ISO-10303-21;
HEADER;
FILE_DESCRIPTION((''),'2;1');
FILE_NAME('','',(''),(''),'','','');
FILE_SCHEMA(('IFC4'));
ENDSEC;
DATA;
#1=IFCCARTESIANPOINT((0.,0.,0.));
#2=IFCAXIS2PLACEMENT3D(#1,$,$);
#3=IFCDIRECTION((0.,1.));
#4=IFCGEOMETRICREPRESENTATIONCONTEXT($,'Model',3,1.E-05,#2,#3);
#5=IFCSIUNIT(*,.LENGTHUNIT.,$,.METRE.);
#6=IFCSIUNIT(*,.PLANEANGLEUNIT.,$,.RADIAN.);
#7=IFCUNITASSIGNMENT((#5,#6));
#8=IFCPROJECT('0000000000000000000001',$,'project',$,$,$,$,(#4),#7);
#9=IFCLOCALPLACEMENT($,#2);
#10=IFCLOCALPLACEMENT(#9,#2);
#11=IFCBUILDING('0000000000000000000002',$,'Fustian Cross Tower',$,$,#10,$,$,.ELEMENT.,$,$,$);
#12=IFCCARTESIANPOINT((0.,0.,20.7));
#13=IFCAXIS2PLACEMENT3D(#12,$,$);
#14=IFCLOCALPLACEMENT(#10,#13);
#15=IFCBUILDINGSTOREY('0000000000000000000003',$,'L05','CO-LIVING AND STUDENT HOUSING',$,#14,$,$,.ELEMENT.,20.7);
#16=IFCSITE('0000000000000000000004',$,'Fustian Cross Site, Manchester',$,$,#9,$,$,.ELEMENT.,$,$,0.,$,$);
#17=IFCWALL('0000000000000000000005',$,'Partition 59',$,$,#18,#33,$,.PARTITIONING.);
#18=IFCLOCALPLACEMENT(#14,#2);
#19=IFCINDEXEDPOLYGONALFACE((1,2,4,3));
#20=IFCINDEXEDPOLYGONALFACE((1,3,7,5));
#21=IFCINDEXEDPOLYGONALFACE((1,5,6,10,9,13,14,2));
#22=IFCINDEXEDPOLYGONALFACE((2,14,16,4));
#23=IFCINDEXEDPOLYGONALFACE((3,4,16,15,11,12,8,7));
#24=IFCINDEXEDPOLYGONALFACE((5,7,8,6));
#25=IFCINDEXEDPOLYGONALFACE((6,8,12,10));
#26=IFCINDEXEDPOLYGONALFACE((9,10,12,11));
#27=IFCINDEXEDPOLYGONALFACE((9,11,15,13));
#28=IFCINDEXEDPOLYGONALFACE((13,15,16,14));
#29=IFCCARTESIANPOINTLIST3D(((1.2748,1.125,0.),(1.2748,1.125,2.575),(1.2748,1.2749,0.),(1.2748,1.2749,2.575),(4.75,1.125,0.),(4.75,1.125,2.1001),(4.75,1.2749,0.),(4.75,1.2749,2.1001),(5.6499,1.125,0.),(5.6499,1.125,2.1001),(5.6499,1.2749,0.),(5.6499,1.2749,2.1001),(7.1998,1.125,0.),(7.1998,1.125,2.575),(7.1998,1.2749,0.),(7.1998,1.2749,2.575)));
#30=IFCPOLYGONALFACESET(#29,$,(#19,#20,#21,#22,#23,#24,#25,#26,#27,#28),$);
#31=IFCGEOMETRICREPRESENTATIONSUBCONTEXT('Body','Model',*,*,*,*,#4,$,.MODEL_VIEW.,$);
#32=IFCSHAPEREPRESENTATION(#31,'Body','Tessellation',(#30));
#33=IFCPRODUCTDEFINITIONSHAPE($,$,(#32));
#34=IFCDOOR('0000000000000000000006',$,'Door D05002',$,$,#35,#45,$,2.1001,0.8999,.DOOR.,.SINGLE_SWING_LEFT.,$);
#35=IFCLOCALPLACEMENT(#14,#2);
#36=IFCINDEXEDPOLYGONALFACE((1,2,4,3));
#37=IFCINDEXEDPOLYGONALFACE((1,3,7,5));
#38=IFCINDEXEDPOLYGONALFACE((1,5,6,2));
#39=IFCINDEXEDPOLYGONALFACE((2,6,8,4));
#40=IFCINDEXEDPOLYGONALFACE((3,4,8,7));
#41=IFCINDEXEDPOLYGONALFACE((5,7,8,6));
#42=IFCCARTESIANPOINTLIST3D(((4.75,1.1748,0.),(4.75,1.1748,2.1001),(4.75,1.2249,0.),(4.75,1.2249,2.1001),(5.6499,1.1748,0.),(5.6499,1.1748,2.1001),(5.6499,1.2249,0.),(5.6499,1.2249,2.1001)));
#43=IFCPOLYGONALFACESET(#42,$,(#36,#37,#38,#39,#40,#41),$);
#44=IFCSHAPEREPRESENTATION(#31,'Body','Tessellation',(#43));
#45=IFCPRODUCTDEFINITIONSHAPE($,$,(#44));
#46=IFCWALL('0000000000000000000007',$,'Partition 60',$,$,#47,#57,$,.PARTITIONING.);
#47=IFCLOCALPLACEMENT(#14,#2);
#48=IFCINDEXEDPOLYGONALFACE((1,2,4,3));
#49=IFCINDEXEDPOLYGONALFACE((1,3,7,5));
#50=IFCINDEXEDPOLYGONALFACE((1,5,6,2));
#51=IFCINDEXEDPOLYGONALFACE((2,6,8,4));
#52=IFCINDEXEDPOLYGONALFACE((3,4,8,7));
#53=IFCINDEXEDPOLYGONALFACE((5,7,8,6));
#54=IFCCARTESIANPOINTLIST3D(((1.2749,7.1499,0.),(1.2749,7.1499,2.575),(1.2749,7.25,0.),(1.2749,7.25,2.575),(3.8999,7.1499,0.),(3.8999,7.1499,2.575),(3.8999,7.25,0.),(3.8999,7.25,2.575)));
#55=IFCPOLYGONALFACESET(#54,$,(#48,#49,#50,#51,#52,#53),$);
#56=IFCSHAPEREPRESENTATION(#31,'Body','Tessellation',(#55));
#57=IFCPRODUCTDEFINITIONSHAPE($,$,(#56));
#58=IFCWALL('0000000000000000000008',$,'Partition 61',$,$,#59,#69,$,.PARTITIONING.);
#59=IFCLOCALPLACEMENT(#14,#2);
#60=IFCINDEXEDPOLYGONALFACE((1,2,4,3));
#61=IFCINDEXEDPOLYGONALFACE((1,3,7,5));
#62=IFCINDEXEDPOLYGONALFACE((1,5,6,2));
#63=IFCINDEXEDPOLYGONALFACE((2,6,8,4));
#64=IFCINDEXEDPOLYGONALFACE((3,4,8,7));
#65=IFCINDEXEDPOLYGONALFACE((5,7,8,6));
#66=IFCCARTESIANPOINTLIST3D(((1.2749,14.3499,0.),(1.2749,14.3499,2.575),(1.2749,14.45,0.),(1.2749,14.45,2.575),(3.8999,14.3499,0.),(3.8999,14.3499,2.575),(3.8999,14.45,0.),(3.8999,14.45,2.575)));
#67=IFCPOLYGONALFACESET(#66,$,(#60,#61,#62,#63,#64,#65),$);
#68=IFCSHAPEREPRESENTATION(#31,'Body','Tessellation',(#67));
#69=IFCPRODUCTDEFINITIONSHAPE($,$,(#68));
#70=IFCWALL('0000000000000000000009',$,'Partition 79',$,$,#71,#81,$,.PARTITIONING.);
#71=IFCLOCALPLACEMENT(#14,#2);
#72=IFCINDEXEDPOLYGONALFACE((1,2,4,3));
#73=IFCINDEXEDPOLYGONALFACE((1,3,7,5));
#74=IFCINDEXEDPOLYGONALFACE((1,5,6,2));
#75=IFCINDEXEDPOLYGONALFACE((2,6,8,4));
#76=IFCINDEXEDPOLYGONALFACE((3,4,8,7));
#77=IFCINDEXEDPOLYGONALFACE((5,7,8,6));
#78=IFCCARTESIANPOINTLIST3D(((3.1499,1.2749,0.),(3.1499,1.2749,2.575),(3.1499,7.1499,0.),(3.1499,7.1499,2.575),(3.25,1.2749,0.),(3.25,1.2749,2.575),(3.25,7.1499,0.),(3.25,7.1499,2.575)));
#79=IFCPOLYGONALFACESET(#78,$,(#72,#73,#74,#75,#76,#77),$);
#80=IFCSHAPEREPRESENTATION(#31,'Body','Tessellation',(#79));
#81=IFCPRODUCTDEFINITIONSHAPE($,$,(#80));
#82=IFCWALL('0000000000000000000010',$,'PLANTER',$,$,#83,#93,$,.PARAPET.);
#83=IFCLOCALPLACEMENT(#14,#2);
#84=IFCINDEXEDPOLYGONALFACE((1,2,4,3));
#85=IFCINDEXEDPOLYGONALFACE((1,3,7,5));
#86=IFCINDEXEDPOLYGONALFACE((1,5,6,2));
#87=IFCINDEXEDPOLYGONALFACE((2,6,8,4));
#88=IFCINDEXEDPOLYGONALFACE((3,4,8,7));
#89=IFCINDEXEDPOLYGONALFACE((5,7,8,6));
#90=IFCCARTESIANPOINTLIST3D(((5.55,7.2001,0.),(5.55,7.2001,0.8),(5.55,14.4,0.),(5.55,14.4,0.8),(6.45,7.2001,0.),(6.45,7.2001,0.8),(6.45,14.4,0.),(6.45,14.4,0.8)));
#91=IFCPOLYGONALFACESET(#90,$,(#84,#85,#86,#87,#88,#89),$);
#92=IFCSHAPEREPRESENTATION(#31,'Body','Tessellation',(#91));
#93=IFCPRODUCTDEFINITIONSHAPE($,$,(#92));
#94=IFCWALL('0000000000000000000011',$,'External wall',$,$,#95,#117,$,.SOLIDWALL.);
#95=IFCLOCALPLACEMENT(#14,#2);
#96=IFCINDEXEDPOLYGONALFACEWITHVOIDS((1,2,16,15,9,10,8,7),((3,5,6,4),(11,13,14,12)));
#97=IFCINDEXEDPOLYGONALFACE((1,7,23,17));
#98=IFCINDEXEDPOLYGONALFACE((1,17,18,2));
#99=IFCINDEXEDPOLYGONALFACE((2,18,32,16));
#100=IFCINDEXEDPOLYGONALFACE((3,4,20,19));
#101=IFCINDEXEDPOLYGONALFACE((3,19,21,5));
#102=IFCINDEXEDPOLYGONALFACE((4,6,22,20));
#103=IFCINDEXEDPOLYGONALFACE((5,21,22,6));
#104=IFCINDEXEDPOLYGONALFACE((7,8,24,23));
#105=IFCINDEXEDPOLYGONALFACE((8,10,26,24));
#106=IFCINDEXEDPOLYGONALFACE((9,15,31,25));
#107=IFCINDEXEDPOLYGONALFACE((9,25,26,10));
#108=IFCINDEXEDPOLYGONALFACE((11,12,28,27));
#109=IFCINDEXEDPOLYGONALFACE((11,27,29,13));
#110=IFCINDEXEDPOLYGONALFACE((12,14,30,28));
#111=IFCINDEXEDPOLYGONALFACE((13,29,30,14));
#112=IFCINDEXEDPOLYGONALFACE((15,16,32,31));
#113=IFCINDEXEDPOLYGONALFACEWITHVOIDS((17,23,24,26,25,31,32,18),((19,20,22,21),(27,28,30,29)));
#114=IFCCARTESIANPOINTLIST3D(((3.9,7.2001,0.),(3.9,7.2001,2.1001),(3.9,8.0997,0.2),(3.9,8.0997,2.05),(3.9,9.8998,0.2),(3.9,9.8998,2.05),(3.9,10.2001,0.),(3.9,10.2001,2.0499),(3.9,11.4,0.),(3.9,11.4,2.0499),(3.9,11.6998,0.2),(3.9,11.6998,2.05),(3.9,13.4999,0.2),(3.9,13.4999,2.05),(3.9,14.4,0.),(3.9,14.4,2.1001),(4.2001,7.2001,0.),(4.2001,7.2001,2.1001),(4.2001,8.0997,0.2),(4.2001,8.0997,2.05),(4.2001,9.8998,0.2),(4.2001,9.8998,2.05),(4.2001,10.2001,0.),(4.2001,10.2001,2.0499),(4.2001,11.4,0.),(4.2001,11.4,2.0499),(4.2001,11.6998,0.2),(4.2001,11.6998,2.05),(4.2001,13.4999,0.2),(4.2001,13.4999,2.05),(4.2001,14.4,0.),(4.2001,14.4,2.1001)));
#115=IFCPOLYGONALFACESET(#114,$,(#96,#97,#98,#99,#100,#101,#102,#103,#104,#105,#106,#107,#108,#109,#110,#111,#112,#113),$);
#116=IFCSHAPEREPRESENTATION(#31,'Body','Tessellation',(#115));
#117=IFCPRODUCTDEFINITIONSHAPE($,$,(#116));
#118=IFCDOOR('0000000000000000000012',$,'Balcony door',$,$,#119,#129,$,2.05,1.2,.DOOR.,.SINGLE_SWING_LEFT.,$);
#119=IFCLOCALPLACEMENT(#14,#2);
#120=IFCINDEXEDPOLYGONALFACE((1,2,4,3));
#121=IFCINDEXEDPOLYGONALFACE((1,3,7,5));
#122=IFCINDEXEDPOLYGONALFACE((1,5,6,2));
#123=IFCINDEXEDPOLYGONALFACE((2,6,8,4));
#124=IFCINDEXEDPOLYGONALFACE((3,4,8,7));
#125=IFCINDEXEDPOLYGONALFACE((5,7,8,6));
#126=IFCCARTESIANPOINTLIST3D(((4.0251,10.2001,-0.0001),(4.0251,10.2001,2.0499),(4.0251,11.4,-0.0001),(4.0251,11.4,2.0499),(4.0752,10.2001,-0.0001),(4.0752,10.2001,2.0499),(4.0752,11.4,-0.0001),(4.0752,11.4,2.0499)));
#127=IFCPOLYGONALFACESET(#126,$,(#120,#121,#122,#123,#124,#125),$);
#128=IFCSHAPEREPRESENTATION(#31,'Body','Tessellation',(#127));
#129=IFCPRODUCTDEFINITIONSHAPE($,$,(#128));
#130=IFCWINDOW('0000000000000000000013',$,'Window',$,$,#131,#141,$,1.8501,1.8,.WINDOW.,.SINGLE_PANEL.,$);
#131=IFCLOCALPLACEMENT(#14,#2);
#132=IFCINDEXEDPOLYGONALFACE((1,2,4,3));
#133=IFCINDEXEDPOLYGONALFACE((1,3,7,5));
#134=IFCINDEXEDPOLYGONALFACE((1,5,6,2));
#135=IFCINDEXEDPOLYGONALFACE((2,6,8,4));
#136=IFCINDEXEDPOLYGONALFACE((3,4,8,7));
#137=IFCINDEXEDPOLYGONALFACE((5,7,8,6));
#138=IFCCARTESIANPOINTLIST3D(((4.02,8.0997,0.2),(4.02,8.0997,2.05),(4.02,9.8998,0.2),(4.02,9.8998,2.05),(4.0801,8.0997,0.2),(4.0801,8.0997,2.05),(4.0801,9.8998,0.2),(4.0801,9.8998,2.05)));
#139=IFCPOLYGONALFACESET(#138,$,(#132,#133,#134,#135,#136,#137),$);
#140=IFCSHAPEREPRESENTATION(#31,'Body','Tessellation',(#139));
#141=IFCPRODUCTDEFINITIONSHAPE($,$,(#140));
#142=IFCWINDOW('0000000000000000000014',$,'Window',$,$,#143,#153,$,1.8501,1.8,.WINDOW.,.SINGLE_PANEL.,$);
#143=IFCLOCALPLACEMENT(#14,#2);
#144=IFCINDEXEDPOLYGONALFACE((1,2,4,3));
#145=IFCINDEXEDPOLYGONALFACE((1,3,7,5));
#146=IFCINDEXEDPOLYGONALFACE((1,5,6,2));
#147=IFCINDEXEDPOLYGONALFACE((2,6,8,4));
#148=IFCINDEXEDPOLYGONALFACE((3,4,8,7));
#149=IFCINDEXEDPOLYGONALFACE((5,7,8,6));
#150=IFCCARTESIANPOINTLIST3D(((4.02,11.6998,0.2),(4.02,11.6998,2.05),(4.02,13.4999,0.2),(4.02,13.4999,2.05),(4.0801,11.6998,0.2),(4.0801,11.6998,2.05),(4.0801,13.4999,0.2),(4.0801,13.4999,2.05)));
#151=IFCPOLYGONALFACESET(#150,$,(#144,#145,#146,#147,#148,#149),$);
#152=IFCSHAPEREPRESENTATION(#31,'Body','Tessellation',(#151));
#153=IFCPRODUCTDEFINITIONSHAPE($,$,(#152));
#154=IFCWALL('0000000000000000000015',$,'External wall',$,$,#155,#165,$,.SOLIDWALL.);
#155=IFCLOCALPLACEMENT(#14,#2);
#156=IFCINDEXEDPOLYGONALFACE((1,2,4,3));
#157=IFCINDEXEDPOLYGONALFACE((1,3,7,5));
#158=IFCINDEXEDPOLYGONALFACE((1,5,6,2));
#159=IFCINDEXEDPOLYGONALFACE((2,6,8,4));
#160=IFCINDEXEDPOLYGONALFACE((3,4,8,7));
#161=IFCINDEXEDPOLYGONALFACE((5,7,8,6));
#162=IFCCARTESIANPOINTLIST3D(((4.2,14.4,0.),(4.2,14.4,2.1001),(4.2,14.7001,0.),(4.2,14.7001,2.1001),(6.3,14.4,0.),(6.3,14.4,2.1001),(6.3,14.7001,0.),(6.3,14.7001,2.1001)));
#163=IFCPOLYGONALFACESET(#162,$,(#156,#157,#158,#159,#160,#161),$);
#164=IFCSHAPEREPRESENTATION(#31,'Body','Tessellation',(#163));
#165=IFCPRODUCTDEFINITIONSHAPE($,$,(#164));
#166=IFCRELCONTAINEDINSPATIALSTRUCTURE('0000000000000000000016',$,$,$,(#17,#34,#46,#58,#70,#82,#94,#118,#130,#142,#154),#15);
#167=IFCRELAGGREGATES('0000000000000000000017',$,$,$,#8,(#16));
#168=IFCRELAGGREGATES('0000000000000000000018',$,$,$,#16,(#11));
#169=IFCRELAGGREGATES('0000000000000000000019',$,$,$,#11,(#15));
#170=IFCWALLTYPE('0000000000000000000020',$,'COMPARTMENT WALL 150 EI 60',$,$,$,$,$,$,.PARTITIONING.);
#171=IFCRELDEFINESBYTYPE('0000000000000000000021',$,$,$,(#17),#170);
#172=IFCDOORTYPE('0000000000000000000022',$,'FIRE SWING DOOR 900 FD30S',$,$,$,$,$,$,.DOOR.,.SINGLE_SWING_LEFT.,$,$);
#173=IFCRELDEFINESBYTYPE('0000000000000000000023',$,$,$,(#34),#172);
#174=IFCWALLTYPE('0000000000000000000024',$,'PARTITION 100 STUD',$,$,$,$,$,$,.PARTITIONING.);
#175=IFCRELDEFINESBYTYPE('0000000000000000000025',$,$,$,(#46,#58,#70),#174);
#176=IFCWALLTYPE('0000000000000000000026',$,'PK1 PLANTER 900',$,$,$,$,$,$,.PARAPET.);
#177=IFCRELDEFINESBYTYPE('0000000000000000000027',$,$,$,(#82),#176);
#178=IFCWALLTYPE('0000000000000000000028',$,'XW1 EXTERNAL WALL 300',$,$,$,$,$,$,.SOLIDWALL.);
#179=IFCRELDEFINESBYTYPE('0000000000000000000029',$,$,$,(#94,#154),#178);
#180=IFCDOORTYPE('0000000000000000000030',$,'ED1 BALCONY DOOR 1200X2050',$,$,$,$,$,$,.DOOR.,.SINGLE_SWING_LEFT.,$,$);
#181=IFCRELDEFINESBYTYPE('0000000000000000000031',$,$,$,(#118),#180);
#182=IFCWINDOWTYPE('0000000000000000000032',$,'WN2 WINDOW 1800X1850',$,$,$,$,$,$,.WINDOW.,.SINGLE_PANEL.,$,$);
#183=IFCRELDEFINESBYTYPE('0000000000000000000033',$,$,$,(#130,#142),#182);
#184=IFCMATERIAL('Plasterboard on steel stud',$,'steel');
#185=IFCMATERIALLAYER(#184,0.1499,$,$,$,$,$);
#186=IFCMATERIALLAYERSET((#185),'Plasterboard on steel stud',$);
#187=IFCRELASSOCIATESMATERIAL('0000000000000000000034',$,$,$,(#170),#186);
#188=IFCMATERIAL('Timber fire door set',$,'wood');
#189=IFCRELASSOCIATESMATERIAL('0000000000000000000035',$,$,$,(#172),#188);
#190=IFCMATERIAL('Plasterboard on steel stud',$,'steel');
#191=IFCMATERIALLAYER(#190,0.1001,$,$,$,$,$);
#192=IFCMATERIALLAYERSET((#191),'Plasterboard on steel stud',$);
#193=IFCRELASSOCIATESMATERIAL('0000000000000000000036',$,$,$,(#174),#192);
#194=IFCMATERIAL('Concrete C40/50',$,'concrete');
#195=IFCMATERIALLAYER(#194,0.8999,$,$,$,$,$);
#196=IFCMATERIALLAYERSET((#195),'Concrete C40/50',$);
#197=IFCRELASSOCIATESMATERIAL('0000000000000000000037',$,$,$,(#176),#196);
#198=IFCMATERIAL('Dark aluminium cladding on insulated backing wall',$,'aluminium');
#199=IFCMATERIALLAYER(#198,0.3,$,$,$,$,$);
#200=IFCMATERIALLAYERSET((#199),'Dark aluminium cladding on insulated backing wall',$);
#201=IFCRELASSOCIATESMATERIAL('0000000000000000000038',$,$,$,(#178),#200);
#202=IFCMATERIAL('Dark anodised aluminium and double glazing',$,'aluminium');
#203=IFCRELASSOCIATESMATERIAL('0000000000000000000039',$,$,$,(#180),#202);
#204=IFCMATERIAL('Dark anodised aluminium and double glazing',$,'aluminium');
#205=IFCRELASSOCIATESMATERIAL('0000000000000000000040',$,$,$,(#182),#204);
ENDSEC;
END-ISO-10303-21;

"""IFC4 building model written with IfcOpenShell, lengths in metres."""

from ifc_helpers import new_model, si_unit, direction, frame, frame_2d, origin, place, context, subcontext, project, spatial, rectangle, extrude, material, layer, layer_set, type_object, element, fill, save


model = new_model("IFC4")

# Units and contexts
model_context = context("Model", 3, precision=1e-05, world=origin(), true_north=direction((0.0, 1.0)))
body_context = subcontext(model_context, "Body", "Model", "MODEL_VIEW")
ifc_project = project(units=[si_unit("LENGTHUNIT", "METRE"), si_unit("PLANEANGLEUNIT", "RADIAN")], contexts=[model_context])

# Site, building, storey
site_placement = place(None, origin())
site = spatial("IfcSite", under=ifc_project, at=site_placement, Name="Fustian Cross Site, Manchester", CompositionType="ELEMENT", RefElevation=0.0)
building_placement = place(site_placement, origin())
building = spatial("IfcBuilding", under=site, at=building_placement, Name="Fustian Cross Tower", CompositionType="ELEMENT")
storey_placement = place(building_placement, frame((0.0, 0.0, 20.7)))
storey = spatial("IfcBuildingStorey", under=building, at=storey_placement, Name="L05", Description="CO-LIVING AND STUDENT HOUSING", CompositionType="ELEMENT", Elevation=20.7)

# Shared definitions
ifc_material_1 = material(Name="Plasterboard on steel stud", Category="steel")
ifc_layer_1 = layer(ifc_material_1, 0.1499)
ifc_layer_set_1 = layer_set([ifc_layer_1], Name="Plasterboard on steel stud")
wall_type_1 = type_object("IfcWallType", Name="COMPARTMENT WALL 150 EI 60", PredefinedType="PARTITIONING", material=ifc_layer_set_1)
ifc_material_2 = material(Name="Timber fire door set", Category="wood")
door_type_1 = type_object("IfcDoorType", Name="FIRE SWING DOOR 900 FD30S", OperationType="SINGLE_SWING_LEFT", PredefinedType="DOOR", material=ifc_material_2)

# Wall, opening, door
wall_1_placement = place(storey_placement, frame((1.2749, 1.2, 0.0), z_axis=(0.0, 0.0, 1.0), x_axis=(1.0, 0.0, 0.0)))
wall_1 = element("IfcWall", 1, at=wall_1_placement, inside=storey, type_object=wall_type_1, Name="Partition 59", PredefinedType="PARTITIONING", context=body_context, shape_type="SweptSolid", body=[
    extrude(rectangle(XDim=5.925, YDim=0.1499, at=frame_2d((2.9624, 0.0))), origin(), (0.0, 0.0, 1.0), 2.575),
])
opening_1_placement = place(wall_1_placement, frame((3.4751, 0.0, 0.0)))
opening_1 = element("IfcOpeningElement", 2, at=opening_1_placement, cuts=wall_1, PredefinedType="OPENING", context=body_context, shape_type="SweptSolid", body=[
    extrude(rectangle(XDim=0.8999, YDim=2.1001, at=frame_2d((0.45, 1.05))), frame((0.0, 0.085, 0.0), z_axis=(0.0, -1.0, 0.0), x_axis=(1.0, 0.0, 0.0)), (0.0, 0.0, 1.0), 0.1699),
])
door_1_placement = place(opening_1_placement, origin())
door_1 = element("IfcDoor", 3, at=door_1_placement, inside=storey, type_object=door_type_1, Name="Door D05002", OperationType="SINGLE_SWING_LEFT", OverallHeight=2.1001, OverallWidth=0.8999, PredefinedType="DOOR", context=body_context, shape_type="SweptSolid", body=[
    extrude(rectangle(XDim=0.8999, YDim=2.1001, at=frame_2d((0.45, 1.05))), frame((0.0, 0.0249, 0.0), z_axis=(0.0, -1.0, 0.0), x_axis=(1.0, 0.0, 0.0)), (0.0, 0.0, 1.0), 0.05),
])
fill(opening_1, door_1)

# Walls
ifc_material_3 = material(Name="Plasterboard on steel stud", Category="steel")
ifc_layer_2 = layer(ifc_material_3, 0.1001)
ifc_layer_set_2 = layer_set([ifc_layer_2], Name="Plasterboard on steel stud")
wall_type_2 = type_object("IfcWallType", Name="PARTITION 100 STUD", PredefinedType="PARTITIONING", material=ifc_layer_set_2)
for number, where, z_axis, x_axis, name in (
    (4, (1.2749, 7.2, 0.0), (0.0, 0.0, 1.0), (1.0, 0.0, 0.0), "Partition 60"),
    (5, (1.2749, 14.3999, 0.0), (0.0, 0.0, 1.0), (1.0, 0.0, 0.0), "Partition 61"),
):
    element("IfcWall", number, at=place(storey_placement, frame(where, z_axis=z_axis, x_axis=x_axis)), inside=storey, type_object=wall_type_2, Name=name, PredefinedType="PARTITIONING", context=body_context, shape_type="SweptSolid", body=[
        extrude(rectangle(XDim=2.625, YDim=0.1001, at=frame_2d((1.3125, 0.0))), origin(), (0.0, 0.0, 1.0), 2.575),
    ])
wall_2_placement = place(storey_placement, frame((3.2, 1.2749, 0.0), z_axis=(0.0, 0.0, 1.0), x_axis=(0.0, 1.0, 0.0)))
element("IfcWall", 6, at=wall_2_placement, inside=storey, type_object=wall_type_2, Name="Partition 79", PredefinedType="PARTITIONING", context=body_context, shape_type="SweptSolid", body=[
    extrude(rectangle(XDim=5.875, YDim=0.1001, at=frame_2d((2.9375, 0.0))), origin(), (0.0, 0.0, 1.0), 2.575),
])
ifc_material_4 = material(Name="Concrete C40/50", Category="concrete")
ifc_layer_3 = layer(ifc_material_4, 0.8999)
ifc_layer_set_3 = layer_set([ifc_layer_3], Name="Concrete C40/50")
wall_type_3 = type_object("IfcWallType", Name="PK1 PLANTER 900", PredefinedType="PARAPET", material=ifc_layer_set_3)
wall_3_placement = place(storey_placement, frame((6.0, 7.2, 0.0), z_axis=(0.0, 0.0, 1.0), x_axis=(0.0, 1.0, 0.0)))
element("IfcWall", 7, at=wall_3_placement, inside=storey, type_object=wall_type_3, Name="PLANTER", PredefinedType="PARAPET", context=body_context, shape_type="SweptSolid", body=[
    extrude(rectangle(XDim=7.2, YDim=0.8999, at=frame_2d((3.6001, 0.0))), origin(), (0.0, 0.0, 1.0), 0.8),
])

# Wall, openings, door, windows
ifc_material_5 = material(Name="Dark aluminium cladding on insulated backing wall", Category="aluminium")
ifc_layer_4 = layer(ifc_material_5, 0.3)
ifc_layer_set_4 = layer_set([ifc_layer_4], Name="Dark aluminium cladding on insulated backing wall")
wall_type_4 = type_object("IfcWallType", Name="XW1 EXTERNAL WALL 300", PredefinedType="SOLIDWALL", material=ifc_layer_set_4)
wall_4_placement = place(storey_placement, frame((4.05, 7.2, 0.0), z_axis=(0.0, 0.0, 1.0), x_axis=(0.0, 1.0, 0.0)))
wall_4 = element("IfcWall", 8, at=wall_4_placement, inside=storey, type_object=wall_type_4, Name="External wall", PredefinedType="SOLIDWALL", context=body_context, shape_type="SweptSolid", body=[
    extrude(rectangle(XDim=7.2, YDim=0.3, at=frame_2d((3.6001, 0.0))), origin(), (0.0, 0.0, 1.0), 2.1001),
])
opening_2_placement = place(wall_4_placement, frame((3.0, 0.0, 0.0)))
opening_2 = element("IfcOpeningElement", 9, at=opening_2_placement, cuts=wall_4, PredefinedType="OPENING", context=body_context, shape_type="SweptSolid", body=[
    extrude(rectangle(XDim=1.2, YDim=2.05, at=frame_2d((0.6001, 1.0249))), frame((0.0, 0.1599, 0.0), z_axis=(0.0, -1.0, 0.0), x_axis=(1.0, 0.0, 0.0)), (0.0, 0.0, 1.0), 0.3201),
])
opening_3_placement = place(wall_4_placement, frame((0.8999, 0.0, 0.2)))
opening_3 = element("IfcOpeningElement", 10, at=opening_3_placement, cuts=wall_4, PredefinedType="OPENING", context=body_context, shape_type="SweptSolid", body=[
    extrude(rectangle(XDim=1.8, YDim=1.8501, at=frame_2d((0.8999, 0.925))), frame((0.0, 0.1599, 0.0), z_axis=(0.0, -1.0, 0.0), x_axis=(1.0, 0.0, 0.0)), (0.0, 0.0, 1.0), 0.3201),
])
opening_4_placement = place(wall_4_placement, frame((4.5, 0.0, 0.2)))
opening_4 = element("IfcOpeningElement", 11, at=opening_4_placement, cuts=wall_4, PredefinedType="OPENING", context=body_context, shape_type="SweptSolid", body=[
    extrude(rectangle(XDim=1.8, YDim=1.8501, at=frame_2d((0.8999, 0.925))), frame((0.0, 0.1599, 0.0), z_axis=(0.0, -1.0, 0.0), x_axis=(1.0, 0.0, 0.0)), (0.0, 0.0, 1.0), 0.3201),
])
ifc_material_6 = material(Name="Dark anodised aluminium and double glazing", Category="aluminium")
door_type_2 = type_object("IfcDoorType", Name="ED1 BALCONY DOOR 1200X2050", OperationType="SINGLE_SWING_LEFT", PredefinedType="DOOR", material=ifc_material_6)
door_2_placement = place(opening_2_placement, origin())
door_2 = element("IfcDoor", 12, at=door_2_placement, inside=storey, type_object=door_type_2, Name="Balcony door", OperationType="SINGLE_SWING_LEFT", OverallHeight=2.05, OverallWidth=1.2, PredefinedType="DOOR", context=body_context, shape_type="SweptSolid", body=[
    extrude(rectangle(XDim=1.2, YDim=2.05, at=frame_2d((0.6001, 1.0249))), frame((0.0, 0.0249, 0.0), z_axis=(0.0, -1.0, 0.0), x_axis=(1.0, 0.0, 0.0)), (0.0, 0.0, 1.0), 0.05),
])
fill(opening_2, door_2)
ifc_material_7 = material(Name="Dark anodised aluminium and double glazing", Category="aluminium")
window_type = type_object("IfcWindowType", Name="WN2 WINDOW 1800X1850", PartitioningType="SINGLE_PANEL", PredefinedType="WINDOW", material=ifc_material_7)
window_1_placement = place(opening_3_placement, origin())
window_1 = element("IfcWindow", 13, at=window_1_placement, inside=storey, type_object=window_type, Name="Window", OverallHeight=1.8501, OverallWidth=1.8, PartitioningType="SINGLE_PANEL", PredefinedType="WINDOW", context=body_context, shape_type="SweptSolid", body=[
    extrude(rectangle(XDim=1.8, YDim=1.8501, at=frame_2d((0.8999, 0.925))), frame((0.0, 0.03, 0.0), z_axis=(0.0, -1.0, 0.0), x_axis=(1.0, 0.0, 0.0)), (0.0, 0.0, 1.0), 0.0601),
])
fill(opening_3, window_1)
window_2_placement = place(opening_4_placement, origin())
window_2 = element("IfcWindow", 14, at=window_2_placement, inside=storey, type_object=window_type, Name="Window", OverallHeight=1.8501, OverallWidth=1.8, PartitioningType="SINGLE_PANEL", PredefinedType="WINDOW", context=body_context, shape_type="SweptSolid", body=[
    extrude(rectangle(XDim=1.8, YDim=1.8501, at=frame_2d((0.8999, 0.925))), frame((0.0, 0.03, 0.0), z_axis=(0.0, -1.0, 0.0), x_axis=(1.0, 0.0, 0.0)), (0.0, 0.0, 1.0), 0.0601),
])
fill(opening_4, window_2)

# Wall
wall_5_placement = place(storey_placement, frame((4.2, 14.55, 0.0), z_axis=(0.0, 0.0, 1.0), x_axis=(1.0, 0.0, 0.0)))
element("IfcWall", 15, at=wall_5_placement, inside=storey, type_object=wall_type_4, Name="External wall", PredefinedType="SOLIDWALL", context=body_context, shape_type="SweptSolid", body=[
    extrude(rectangle(XDim=2.1001, YDim=0.3, at=frame_2d((1.05, 0.0))), origin(), (0.0, 0.0, 1.0), 2.1001),
])

save(model, "model.ifc")
